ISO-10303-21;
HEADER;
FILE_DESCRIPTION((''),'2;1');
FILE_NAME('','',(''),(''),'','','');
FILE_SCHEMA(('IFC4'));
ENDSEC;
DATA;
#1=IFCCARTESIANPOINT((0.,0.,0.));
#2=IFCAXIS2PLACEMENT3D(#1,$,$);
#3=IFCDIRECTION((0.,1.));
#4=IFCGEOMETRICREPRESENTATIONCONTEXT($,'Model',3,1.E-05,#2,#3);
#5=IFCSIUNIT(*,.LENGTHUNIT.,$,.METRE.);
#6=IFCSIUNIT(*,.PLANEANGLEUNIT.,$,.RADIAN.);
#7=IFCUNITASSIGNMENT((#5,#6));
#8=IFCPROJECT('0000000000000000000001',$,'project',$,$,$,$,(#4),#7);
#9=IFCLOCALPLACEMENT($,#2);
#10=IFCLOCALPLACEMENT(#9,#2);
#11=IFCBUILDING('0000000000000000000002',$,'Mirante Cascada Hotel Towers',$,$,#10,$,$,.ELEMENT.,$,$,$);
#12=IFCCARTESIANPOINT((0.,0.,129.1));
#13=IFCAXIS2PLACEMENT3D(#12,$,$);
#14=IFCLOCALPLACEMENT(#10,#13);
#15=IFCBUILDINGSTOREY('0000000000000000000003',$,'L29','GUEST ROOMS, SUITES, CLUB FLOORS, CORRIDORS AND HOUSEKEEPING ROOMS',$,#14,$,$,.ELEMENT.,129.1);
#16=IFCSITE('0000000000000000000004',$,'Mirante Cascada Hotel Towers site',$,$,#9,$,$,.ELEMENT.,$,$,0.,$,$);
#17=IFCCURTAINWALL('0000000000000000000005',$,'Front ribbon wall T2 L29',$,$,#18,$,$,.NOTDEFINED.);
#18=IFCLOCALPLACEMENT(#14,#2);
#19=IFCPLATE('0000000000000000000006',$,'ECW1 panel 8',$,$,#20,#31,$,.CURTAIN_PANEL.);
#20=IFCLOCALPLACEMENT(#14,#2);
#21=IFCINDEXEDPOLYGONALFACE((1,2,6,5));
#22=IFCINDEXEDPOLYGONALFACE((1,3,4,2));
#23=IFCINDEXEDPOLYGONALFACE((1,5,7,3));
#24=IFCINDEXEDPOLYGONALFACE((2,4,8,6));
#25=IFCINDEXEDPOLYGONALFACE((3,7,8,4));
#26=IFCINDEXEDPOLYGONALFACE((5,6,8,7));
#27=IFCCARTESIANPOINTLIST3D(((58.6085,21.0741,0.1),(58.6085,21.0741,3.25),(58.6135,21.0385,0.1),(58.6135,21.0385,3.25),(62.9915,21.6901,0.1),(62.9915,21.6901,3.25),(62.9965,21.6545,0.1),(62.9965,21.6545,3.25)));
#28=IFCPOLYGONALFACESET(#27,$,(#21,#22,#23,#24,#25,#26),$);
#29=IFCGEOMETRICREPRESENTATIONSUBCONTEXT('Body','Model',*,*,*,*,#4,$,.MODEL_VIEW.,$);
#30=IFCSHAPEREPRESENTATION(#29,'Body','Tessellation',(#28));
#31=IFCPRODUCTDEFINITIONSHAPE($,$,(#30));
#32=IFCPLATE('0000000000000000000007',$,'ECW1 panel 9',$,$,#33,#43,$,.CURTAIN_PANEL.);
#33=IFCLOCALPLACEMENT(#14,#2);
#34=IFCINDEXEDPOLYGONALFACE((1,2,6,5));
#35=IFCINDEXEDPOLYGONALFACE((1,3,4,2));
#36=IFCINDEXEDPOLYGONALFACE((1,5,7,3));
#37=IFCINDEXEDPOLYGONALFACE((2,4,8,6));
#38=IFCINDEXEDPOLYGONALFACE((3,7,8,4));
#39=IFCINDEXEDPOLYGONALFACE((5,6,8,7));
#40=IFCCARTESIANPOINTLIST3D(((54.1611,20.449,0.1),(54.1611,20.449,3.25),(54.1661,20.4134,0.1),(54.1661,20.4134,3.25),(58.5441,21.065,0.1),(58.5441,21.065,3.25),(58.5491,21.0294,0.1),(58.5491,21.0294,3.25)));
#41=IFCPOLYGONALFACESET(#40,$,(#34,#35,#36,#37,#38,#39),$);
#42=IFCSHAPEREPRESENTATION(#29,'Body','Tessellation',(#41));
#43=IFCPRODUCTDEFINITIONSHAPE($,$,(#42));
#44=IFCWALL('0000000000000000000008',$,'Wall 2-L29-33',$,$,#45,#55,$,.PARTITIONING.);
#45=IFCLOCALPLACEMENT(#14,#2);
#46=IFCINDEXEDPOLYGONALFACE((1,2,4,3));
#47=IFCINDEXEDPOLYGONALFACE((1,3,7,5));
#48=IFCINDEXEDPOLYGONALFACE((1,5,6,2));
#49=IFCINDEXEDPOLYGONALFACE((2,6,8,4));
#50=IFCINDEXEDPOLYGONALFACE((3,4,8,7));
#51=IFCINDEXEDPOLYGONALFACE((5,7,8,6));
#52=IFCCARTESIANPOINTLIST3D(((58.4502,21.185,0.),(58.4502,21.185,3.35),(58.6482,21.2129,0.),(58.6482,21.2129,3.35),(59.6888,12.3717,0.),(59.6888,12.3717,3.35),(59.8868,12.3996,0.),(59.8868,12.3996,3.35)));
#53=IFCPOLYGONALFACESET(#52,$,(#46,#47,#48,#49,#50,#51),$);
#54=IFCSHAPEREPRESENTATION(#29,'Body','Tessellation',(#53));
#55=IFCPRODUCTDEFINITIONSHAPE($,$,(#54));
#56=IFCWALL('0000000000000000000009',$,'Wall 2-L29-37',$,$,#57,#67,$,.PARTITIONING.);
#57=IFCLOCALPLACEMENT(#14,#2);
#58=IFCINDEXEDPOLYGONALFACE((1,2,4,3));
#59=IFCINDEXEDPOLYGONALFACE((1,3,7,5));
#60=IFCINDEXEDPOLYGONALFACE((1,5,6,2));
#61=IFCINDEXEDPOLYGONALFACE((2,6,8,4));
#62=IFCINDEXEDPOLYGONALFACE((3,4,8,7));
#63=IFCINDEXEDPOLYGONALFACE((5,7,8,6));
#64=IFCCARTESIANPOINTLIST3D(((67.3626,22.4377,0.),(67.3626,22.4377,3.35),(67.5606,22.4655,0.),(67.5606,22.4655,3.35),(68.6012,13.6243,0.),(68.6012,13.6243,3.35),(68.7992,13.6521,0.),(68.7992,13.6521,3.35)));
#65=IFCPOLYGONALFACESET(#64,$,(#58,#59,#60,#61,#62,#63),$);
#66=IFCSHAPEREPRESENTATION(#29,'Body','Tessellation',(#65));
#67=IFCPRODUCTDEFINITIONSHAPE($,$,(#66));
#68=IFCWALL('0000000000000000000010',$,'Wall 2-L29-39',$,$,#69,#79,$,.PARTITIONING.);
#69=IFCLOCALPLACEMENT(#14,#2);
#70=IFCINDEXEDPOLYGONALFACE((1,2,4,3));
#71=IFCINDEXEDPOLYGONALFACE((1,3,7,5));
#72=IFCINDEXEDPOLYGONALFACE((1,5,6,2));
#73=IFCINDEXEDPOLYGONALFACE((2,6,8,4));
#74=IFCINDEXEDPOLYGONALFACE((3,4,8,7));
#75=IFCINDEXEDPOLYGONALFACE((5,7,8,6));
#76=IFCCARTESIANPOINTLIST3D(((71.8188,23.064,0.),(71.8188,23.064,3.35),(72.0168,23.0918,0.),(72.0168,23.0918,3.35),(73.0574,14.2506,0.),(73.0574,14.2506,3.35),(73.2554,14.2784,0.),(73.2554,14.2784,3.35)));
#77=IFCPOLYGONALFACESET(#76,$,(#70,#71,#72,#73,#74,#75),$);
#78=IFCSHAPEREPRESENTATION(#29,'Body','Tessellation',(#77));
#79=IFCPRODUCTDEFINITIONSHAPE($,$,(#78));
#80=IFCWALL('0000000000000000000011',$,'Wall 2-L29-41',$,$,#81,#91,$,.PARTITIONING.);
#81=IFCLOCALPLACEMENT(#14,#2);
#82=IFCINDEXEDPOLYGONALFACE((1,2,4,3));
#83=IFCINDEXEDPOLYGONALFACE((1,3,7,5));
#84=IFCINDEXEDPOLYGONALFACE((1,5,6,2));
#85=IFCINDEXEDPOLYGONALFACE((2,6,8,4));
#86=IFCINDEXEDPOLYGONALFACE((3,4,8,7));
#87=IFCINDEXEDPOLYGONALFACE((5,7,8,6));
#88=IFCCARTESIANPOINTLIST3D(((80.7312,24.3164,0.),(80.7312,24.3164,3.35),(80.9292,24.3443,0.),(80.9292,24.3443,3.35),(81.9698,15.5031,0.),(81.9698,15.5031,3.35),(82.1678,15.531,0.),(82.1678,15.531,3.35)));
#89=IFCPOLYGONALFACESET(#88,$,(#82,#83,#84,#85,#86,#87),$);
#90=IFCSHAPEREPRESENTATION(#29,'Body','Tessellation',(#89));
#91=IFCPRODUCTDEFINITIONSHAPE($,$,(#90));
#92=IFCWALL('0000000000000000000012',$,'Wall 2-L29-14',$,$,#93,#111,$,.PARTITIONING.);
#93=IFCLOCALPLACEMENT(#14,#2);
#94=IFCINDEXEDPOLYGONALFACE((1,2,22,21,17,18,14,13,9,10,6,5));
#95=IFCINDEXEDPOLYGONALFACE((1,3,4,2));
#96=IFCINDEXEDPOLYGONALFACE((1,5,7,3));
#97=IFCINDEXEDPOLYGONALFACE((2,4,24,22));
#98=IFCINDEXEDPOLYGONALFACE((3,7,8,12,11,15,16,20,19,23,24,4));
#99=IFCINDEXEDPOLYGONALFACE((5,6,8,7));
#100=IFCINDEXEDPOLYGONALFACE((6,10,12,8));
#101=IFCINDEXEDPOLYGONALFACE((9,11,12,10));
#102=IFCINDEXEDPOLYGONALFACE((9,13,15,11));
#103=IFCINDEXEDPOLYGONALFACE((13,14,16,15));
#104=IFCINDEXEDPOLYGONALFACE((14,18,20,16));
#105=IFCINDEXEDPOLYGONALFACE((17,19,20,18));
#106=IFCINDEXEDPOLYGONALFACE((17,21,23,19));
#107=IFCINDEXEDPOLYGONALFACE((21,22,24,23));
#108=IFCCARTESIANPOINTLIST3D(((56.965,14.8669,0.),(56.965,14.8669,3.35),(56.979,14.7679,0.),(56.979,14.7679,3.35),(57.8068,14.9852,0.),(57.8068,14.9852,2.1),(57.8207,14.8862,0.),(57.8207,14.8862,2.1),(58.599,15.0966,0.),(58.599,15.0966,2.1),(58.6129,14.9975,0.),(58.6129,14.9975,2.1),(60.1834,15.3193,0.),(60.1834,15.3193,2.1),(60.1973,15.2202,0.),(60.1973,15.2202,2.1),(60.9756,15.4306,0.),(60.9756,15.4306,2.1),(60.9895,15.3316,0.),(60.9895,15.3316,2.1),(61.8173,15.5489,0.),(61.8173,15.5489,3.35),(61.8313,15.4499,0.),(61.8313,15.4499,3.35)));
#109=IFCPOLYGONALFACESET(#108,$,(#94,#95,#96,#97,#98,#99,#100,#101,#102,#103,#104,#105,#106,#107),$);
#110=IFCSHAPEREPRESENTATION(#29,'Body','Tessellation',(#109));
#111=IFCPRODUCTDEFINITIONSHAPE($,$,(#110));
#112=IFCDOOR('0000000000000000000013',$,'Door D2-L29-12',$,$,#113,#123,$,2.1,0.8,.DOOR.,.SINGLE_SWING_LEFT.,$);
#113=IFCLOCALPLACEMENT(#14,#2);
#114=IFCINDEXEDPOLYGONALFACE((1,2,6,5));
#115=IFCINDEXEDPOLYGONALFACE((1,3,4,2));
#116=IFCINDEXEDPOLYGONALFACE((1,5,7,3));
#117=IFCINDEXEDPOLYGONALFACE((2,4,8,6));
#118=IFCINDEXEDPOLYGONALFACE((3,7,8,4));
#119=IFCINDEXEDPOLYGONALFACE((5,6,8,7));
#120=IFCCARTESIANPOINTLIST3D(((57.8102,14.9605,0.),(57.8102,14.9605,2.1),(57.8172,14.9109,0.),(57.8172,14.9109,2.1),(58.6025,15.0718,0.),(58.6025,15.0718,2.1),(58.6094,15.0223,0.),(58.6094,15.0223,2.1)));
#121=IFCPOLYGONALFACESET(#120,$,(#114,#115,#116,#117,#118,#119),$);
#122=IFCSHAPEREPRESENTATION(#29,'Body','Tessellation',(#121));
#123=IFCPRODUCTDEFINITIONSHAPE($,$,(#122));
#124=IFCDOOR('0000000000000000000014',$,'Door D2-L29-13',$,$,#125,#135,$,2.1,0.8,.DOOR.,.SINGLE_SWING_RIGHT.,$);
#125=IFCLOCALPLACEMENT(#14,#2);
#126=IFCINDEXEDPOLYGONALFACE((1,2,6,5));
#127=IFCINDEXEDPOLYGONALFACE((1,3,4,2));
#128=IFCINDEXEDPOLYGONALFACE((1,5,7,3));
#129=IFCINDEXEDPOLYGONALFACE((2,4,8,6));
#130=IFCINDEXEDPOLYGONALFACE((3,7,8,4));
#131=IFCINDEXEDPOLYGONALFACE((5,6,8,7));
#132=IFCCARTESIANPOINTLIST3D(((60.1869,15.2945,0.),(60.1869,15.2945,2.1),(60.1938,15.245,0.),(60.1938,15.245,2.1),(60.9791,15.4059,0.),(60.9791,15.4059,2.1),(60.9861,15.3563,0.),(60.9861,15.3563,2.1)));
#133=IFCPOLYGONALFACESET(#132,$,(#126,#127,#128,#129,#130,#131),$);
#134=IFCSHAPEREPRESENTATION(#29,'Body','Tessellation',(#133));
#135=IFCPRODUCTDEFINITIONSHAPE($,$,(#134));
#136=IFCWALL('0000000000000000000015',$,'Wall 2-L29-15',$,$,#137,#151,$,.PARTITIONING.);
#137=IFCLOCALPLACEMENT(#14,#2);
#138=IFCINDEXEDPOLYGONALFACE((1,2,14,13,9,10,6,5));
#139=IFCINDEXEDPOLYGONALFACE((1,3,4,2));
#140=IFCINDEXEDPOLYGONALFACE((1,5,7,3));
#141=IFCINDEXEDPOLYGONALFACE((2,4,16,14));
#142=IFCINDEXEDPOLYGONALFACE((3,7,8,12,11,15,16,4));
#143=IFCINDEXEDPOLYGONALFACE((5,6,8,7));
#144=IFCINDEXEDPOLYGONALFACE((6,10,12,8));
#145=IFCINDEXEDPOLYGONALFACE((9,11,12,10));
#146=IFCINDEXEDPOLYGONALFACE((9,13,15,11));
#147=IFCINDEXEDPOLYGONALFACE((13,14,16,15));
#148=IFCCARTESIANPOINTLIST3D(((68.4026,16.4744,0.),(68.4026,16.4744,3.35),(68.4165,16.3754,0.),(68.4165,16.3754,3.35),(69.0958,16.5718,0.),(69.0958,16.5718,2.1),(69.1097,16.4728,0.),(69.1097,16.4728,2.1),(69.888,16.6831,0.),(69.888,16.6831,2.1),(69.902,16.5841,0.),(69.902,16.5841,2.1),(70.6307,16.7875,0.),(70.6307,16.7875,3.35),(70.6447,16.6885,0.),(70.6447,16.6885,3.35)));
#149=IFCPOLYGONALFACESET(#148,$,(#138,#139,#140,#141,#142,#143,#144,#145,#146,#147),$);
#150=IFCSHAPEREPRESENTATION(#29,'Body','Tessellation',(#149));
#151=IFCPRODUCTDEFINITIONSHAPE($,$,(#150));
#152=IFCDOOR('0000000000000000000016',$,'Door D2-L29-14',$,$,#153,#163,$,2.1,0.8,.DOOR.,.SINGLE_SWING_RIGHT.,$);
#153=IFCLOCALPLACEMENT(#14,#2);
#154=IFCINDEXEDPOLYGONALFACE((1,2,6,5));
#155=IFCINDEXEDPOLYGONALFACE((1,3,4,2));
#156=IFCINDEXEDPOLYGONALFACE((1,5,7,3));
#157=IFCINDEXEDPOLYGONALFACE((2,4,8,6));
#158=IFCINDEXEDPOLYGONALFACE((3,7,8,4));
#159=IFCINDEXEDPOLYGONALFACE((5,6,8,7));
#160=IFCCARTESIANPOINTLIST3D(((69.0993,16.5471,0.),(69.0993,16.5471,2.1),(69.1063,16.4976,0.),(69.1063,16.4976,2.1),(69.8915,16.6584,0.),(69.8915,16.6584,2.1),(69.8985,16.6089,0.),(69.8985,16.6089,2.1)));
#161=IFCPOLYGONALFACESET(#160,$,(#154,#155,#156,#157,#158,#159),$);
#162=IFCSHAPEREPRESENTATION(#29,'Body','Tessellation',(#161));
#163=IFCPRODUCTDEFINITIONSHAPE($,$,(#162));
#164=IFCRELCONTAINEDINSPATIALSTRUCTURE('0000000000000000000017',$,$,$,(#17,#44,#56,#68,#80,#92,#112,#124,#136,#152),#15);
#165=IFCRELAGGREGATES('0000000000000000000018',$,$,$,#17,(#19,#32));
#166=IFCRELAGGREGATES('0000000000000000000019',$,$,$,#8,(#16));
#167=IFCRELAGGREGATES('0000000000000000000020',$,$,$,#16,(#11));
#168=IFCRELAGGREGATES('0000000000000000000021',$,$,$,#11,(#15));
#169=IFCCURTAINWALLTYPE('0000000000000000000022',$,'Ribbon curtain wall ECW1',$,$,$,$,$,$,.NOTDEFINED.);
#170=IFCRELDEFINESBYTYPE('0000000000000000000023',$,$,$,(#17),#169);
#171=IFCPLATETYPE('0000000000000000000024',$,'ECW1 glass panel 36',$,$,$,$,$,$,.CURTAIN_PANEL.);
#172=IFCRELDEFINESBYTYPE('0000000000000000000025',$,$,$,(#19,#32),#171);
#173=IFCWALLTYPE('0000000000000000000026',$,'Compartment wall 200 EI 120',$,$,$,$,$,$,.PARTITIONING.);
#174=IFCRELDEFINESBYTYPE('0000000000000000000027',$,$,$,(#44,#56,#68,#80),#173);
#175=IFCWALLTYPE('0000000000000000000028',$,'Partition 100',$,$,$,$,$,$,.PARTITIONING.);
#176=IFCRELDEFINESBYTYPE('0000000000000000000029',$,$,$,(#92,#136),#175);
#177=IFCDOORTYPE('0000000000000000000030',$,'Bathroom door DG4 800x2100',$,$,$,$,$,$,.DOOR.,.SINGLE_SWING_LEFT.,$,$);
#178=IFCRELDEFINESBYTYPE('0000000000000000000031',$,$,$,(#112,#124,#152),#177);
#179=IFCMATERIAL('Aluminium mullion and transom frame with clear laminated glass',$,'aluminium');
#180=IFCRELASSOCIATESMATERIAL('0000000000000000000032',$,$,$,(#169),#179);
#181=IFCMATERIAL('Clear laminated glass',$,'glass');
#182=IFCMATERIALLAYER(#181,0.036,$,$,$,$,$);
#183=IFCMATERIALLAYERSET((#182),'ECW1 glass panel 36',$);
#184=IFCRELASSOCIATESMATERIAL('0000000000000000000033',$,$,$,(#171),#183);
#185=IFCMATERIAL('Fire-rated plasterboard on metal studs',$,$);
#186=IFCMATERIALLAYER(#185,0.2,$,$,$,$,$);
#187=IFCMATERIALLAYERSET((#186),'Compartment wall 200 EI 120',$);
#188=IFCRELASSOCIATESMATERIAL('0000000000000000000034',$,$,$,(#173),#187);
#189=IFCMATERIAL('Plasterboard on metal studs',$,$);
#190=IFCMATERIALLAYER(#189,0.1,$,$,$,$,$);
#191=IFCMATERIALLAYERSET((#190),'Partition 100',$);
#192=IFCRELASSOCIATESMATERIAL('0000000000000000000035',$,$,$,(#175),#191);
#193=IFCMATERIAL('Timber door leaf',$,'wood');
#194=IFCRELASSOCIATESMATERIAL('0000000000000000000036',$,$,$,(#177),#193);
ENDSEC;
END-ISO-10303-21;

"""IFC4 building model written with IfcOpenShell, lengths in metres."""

from ifc_helpers import new_model, si_unit, direction, frame, frame_2d, origin, origin_2d, place, context, subcontext, project, spatial, rectangle, extrude, material, layer, layer_set, type_object, element, fill, aggregate, save


model = new_model("IFC4")

# Units and contexts
model_context = context("Model", 3, precision=1e-05, world=origin(), true_north=direction((0.0, 1.0)))
body_context = subcontext(model_context, "Body", "Model", "MODEL_VIEW")
ifc_project = project(units=[si_unit("LENGTHUNIT", "METRE"), si_unit("PLANEANGLEUNIT", "RADIAN")], contexts=[model_context])

# Site, building, storey
site_placement = place(None, origin())
site = spatial("IfcSite", under=ifc_project, at=site_placement, Name="Mirante Cascada Hotel Towers site", CompositionType="ELEMENT", RefElevation=0.0)
building_placement = place(site_placement, origin())
building = spatial("IfcBuilding", under=site, at=building_placement, Name="Mirante Cascada Hotel Towers", CompositionType="ELEMENT")
storey_placement = place(building_placement, frame((0.0, 0.0, 129.1)))
storey = spatial("IfcBuildingStorey", under=building, at=storey_placement, Name="L29", Description="GUEST ROOMS, SUITES, CLUB FLOORS, CORRIDORS AND HOUSEKEEPING ROOMS", CompositionType="ELEMENT", Elevation=129.1)

# Curtain wall, plates
ifc_material_1 = material(Name="Aluminium mullion and transom frame with clear laminated glass", Category="aluminium")
curtain_wall_type = type_object("IfcCurtainWallType", Name="Ribbon curtain wall ECW1", PredefinedType="NOTDEFINED", material=ifc_material_1)
curtain_wall_placement = place(storey_placement, origin())
curtain_wall = element("IfcCurtainWall", 1, at=curtain_wall_placement, inside=storey, type_object=curtain_wall_type, Name="Front ribbon wall T2 L29", PredefinedType="NOTDEFINED")
ifc_material_2 = material(Name="Clear laminated glass", Category="glass")
ifc_layer_1 = layer(ifc_material_2, 0.036)
ifc_layer_set_1 = layer_set([ifc_layer_1], Name="ECW1 glass panel 36")
plate_type = type_object("IfcPlateType", Name="ECW1 glass panel 36", PredefinedType="CURTAIN_PANEL", material=ifc_layer_set_1)
plate_1_placement = place(storey_placement, frame((60.8025, 21.3643, 0.1), z_axis=(0.0, 0.0, 1.0), x_axis=(-0.990268, -0.139173, 0.0)))
plate_1 = element("IfcPlate", 2, at=plate_1_placement, type_object=plate_type, Name="ECW1 panel 8", PredefinedType="CURTAIN_PANEL", context=body_context, shape_type="SweptSolid", body=[
    extrude(rectangle(XDim=4.4261, YDim=0.036, at=origin_2d()), origin(), (0.0, 0.0, 1.0), 3.15),
])
plate_2_placement = place(storey_placement, frame((56.3551, 20.7392, 0.1), z_axis=(0.0, 0.0, 1.0), x_axis=(-0.990268, -0.139173, 0.0)))
plate_2 = element("IfcPlate", 3, at=plate_2_placement, type_object=plate_type, Name="ECW1 panel 9", PredefinedType="CURTAIN_PANEL", context=body_context, shape_type="SweptSolid", body=[
    extrude(rectangle(XDim=4.4261, YDim=0.036, at=origin_2d()), origin(), (0.0, 0.0, 1.0), 3.15),
])
aggregate(curtain_wall, [plate_1, plate_2])

# Walls
ifc_material_3 = material(Name="Fire-rated plasterboard on metal studs")
ifc_layer_2 = layer(ifc_material_3, 0.2)
ifc_layer_set_2 = layer_set([ifc_layer_2], Name="Compartment wall 200 EI 120")
wall_type_1 = type_object("IfcWallType", Name="Compartment wall 200 EI 120", PredefinedType="PARTITIONING", material=ifc_layer_set_2)
wall_1_placement = place(storey_placement, frame((58.5492, 21.199, 0.0), z_axis=(0.0, 0.0, 1.0), x_axis=(0.13917, -0.990268, 0.0)))
element("IfcWall", 4, at=wall_1_placement, inside=storey, type_object=wall_type_1, Name="Wall 2-L29-33", PredefinedType="PARTITIONING", context=body_context, shape_type="SweptSolid", body=[
    extrude(rectangle(XDim=8.8999, YDim=0.2, at=frame_2d((4.45, 0.0))), origin(), (0.0, 0.0, 1.0), 3.35),
])
for number, where, z_axis, x_axis, name in (
    (5, (67.4616, 22.4516, 0.0), (0.0, 0.0, 1.0), (0.139168, -0.990269, 0.0), "Wall 2-L29-37"),
    (6, (71.9178, 23.0779, 0.0), (0.0, 0.0, 1.0), (0.139168, -0.990269, 0.0), "Wall 2-L29-39"),
):
    element("IfcWall", number, at=place(storey_placement, frame(where, z_axis=z_axis, x_axis=x_axis)), inside=storey, type_object=wall_type_1, Name=name, PredefinedType="PARTITIONING", context=body_context, shape_type="SweptSolid", body=[
        extrude(rectangle(XDim=8.9, YDim=0.2, at=frame_2d((4.45, 0.0))), origin(), (0.0, 0.0, 1.0), 3.35),
    ])
wall_2_placement = place(storey_placement, frame((80.8302, 24.3304, 0.0), z_axis=(0.0, 0.0, 1.0), x_axis=(0.13917, -0.990268, 0.0)))
element("IfcWall", 7, at=wall_2_placement, inside=storey, type_object=wall_type_1, Name="Wall 2-L29-41", PredefinedType="PARTITIONING", context=body_context, shape_type="SweptSolid", body=[
    extrude(rectangle(XDim=8.8999, YDim=0.2, at=frame_2d((4.45, 0.0))), origin(), (0.0, 0.0, 1.0), 3.35),
])

# Wall, openings, doors
ifc_material_4 = material(Name="Plasterboard on metal studs")
ifc_layer_3 = layer(ifc_material_4, 0.1)
ifc_layer_set_3 = layer_set([ifc_layer_3], Name="Partition 100")
wall_type_2 = type_object("IfcWallType", Name="Partition 100", PredefinedType="PARTITIONING", material=ifc_layer_set_3)
wall_3_placement = place(storey_placement, frame((56.972, 14.8174, 0.0), z_axis=(0.0, 0.0, 1.0), x_axis=(0.990267, 0.139184, 0.0)))
wall_3 = element("IfcWall", 8, at=wall_3_placement, inside=storey, type_object=wall_type_2, Name="Wall 2-L29-14", PredefinedType="PARTITIONING", context=body_context, shape_type="SweptSolid", body=[
    extrude(rectangle(XDim=4.9, YDim=0.1, at=frame_2d((2.45, 0.0))), origin(), (0.0, 0.0, 1.0), 3.35),
])
opening_1_placement = place(wall_3_placement, frame((0.85, 0.0, 0.0)))
opening_1 = element("IfcOpeningElement", 9, at=opening_1_placement, cuts=wall_3, PredefinedType="OPENING", context=body_context, shape_type="SweptSolid", body=[
    extrude(rectangle(XDim=0.8, YDim=2.1, at=frame_2d((0.4, 1.05))), frame((0.0, 0.05, 0.0), z_axis=(0.0, -1.0, 0.0), x_axis=(1.0, 0.0, 0.0)), (0.0, 0.0, 1.0), 0.1),
])
opening_2_placement = place(wall_3_placement, frame((3.25, 0.0, 0.0)))
opening_2 = element("IfcOpeningElement", 10, at=opening_2_placement, cuts=wall_3, PredefinedType="OPENING", context=body_context, shape_type="SweptSolid", body=[
    extrude(rectangle(XDim=0.8, YDim=2.1, at=frame_2d((0.4, 1.05))), frame((0.0, 0.05, 0.0), z_axis=(0.0, -1.0, 0.0), x_axis=(1.0, 0.0, 0.0)), (0.0, 0.0, 1.0), 0.1),
])
ifc_material_5 = material(Name="Timber door leaf", Category="wood")
door_type = type_object("IfcDoorType", Name="Bathroom door DG4 800x2100", OperationType="SINGLE_SWING_LEFT", PredefinedType="DOOR", material=ifc_material_5)
door_1_placement = place(opening_1_placement, origin())
door_1 = element("IfcDoor", 11, at=door_1_placement, inside=storey, type_object=door_type, Name="Door D2-L29-12", OperationType="SINGLE_SWING_LEFT", OverallHeight=2.1, OverallWidth=0.8, PredefinedType="DOOR", context=body_context, shape_type="SweptSolid", body=[
    extrude(rectangle(XDim=0.8, YDim=2.1, at=frame_2d((0.4, 1.05))), frame((0.0, 0.025, 0.0), z_axis=(0.0, -1.0, 0.0), x_axis=(1.0, 0.0, 0.0)), (0.0, 0.0, 1.0), 0.05),
])
fill(opening_1, door_1)
door_2_placement = place(opening_2_placement, frame((0.8, 0.0, 0.0), z_axis=(0.0, 0.0, 1.0), x_axis=(-1.0, 0.0, 0.0)))
door_2 = element("IfcDoor", 12, at=door_2_placement, inside=storey, type_object=door_type, Name="Door D2-L29-13", OperationType="SINGLE_SWING_RIGHT", OverallHeight=2.1, OverallWidth=0.8, PredefinedType="DOOR", context=body_context, shape_type="SweptSolid", body=[
    extrude(rectangle(XDim=0.8, YDim=2.1, at=frame_2d((0.4, 1.05))), frame((0.0, 0.025, 0.0), z_axis=(0.0, -1.0, 0.0), x_axis=(1.0, 0.0, 0.0)), (0.0, 0.0, 1.0), 0.05),
])
fill(opening_2, door_2)

# Wall, opening, door
wall_4_placement = place(storey_placement, frame((70.6377, 16.738, 0.0), z_axis=(0.0, 0.0, 1.0), x_axis=(-0.990271, -0.139156, 0.0)))
wall_4 = element("IfcWall", 13, at=wall_4_placement, inside=storey, type_object=wall_type_2, Name="Wall 2-L29-15", PredefinedType="PARTITIONING", context=body_context, shape_type="SweptSolid", body=[
    extrude(rectangle(XDim=2.25, YDim=0.1, at=frame_2d((1.125, 0.0))), origin(), (0.0, 0.0, 1.0), 3.35),
])
opening_3_placement = place(wall_4_placement, frame((0.75, 0.0, 0.0)))
opening_3 = element("IfcOpeningElement", 14, at=opening_3_placement, cuts=wall_4, PredefinedType="OPENING", context=body_context, shape_type="SweptSolid", body=[
    extrude(rectangle(XDim=0.8, YDim=2.1, at=frame_2d((0.4, 1.05))), frame((0.0, 0.05, 0.0), z_axis=(0.0, -1.0, 0.0), x_axis=(1.0, 0.0, 0.0)), (0.0, 0.0, 1.0), 0.1),
])
door_3_placement = place(opening_3_placement, frame((0.8, 0.0, 0.0), z_axis=(0.0, 0.0, 1.0), x_axis=(-1.0, 0.0, 0.0)))
door_3 = element("IfcDoor", 15, at=door_3_placement, inside=storey, type_object=door_type, Name="Door D2-L29-14", OperationType="SINGLE_SWING_RIGHT", OverallHeight=2.1, OverallWidth=0.8, PredefinedType="DOOR", context=body_context, shape_type="SweptSolid", body=[
    extrude(rectangle(XDim=0.8, YDim=2.1, at=frame_2d((0.4, 1.05))), frame((0.0, 0.025, 0.0), z_axis=(0.0, -1.0, 0.0), x_axis=(1.0, 0.0, 0.0)), (0.0, 0.0, 1.0), 0.05),
])
fill(opening_3, door_3)

save(model, "model.ifc")
